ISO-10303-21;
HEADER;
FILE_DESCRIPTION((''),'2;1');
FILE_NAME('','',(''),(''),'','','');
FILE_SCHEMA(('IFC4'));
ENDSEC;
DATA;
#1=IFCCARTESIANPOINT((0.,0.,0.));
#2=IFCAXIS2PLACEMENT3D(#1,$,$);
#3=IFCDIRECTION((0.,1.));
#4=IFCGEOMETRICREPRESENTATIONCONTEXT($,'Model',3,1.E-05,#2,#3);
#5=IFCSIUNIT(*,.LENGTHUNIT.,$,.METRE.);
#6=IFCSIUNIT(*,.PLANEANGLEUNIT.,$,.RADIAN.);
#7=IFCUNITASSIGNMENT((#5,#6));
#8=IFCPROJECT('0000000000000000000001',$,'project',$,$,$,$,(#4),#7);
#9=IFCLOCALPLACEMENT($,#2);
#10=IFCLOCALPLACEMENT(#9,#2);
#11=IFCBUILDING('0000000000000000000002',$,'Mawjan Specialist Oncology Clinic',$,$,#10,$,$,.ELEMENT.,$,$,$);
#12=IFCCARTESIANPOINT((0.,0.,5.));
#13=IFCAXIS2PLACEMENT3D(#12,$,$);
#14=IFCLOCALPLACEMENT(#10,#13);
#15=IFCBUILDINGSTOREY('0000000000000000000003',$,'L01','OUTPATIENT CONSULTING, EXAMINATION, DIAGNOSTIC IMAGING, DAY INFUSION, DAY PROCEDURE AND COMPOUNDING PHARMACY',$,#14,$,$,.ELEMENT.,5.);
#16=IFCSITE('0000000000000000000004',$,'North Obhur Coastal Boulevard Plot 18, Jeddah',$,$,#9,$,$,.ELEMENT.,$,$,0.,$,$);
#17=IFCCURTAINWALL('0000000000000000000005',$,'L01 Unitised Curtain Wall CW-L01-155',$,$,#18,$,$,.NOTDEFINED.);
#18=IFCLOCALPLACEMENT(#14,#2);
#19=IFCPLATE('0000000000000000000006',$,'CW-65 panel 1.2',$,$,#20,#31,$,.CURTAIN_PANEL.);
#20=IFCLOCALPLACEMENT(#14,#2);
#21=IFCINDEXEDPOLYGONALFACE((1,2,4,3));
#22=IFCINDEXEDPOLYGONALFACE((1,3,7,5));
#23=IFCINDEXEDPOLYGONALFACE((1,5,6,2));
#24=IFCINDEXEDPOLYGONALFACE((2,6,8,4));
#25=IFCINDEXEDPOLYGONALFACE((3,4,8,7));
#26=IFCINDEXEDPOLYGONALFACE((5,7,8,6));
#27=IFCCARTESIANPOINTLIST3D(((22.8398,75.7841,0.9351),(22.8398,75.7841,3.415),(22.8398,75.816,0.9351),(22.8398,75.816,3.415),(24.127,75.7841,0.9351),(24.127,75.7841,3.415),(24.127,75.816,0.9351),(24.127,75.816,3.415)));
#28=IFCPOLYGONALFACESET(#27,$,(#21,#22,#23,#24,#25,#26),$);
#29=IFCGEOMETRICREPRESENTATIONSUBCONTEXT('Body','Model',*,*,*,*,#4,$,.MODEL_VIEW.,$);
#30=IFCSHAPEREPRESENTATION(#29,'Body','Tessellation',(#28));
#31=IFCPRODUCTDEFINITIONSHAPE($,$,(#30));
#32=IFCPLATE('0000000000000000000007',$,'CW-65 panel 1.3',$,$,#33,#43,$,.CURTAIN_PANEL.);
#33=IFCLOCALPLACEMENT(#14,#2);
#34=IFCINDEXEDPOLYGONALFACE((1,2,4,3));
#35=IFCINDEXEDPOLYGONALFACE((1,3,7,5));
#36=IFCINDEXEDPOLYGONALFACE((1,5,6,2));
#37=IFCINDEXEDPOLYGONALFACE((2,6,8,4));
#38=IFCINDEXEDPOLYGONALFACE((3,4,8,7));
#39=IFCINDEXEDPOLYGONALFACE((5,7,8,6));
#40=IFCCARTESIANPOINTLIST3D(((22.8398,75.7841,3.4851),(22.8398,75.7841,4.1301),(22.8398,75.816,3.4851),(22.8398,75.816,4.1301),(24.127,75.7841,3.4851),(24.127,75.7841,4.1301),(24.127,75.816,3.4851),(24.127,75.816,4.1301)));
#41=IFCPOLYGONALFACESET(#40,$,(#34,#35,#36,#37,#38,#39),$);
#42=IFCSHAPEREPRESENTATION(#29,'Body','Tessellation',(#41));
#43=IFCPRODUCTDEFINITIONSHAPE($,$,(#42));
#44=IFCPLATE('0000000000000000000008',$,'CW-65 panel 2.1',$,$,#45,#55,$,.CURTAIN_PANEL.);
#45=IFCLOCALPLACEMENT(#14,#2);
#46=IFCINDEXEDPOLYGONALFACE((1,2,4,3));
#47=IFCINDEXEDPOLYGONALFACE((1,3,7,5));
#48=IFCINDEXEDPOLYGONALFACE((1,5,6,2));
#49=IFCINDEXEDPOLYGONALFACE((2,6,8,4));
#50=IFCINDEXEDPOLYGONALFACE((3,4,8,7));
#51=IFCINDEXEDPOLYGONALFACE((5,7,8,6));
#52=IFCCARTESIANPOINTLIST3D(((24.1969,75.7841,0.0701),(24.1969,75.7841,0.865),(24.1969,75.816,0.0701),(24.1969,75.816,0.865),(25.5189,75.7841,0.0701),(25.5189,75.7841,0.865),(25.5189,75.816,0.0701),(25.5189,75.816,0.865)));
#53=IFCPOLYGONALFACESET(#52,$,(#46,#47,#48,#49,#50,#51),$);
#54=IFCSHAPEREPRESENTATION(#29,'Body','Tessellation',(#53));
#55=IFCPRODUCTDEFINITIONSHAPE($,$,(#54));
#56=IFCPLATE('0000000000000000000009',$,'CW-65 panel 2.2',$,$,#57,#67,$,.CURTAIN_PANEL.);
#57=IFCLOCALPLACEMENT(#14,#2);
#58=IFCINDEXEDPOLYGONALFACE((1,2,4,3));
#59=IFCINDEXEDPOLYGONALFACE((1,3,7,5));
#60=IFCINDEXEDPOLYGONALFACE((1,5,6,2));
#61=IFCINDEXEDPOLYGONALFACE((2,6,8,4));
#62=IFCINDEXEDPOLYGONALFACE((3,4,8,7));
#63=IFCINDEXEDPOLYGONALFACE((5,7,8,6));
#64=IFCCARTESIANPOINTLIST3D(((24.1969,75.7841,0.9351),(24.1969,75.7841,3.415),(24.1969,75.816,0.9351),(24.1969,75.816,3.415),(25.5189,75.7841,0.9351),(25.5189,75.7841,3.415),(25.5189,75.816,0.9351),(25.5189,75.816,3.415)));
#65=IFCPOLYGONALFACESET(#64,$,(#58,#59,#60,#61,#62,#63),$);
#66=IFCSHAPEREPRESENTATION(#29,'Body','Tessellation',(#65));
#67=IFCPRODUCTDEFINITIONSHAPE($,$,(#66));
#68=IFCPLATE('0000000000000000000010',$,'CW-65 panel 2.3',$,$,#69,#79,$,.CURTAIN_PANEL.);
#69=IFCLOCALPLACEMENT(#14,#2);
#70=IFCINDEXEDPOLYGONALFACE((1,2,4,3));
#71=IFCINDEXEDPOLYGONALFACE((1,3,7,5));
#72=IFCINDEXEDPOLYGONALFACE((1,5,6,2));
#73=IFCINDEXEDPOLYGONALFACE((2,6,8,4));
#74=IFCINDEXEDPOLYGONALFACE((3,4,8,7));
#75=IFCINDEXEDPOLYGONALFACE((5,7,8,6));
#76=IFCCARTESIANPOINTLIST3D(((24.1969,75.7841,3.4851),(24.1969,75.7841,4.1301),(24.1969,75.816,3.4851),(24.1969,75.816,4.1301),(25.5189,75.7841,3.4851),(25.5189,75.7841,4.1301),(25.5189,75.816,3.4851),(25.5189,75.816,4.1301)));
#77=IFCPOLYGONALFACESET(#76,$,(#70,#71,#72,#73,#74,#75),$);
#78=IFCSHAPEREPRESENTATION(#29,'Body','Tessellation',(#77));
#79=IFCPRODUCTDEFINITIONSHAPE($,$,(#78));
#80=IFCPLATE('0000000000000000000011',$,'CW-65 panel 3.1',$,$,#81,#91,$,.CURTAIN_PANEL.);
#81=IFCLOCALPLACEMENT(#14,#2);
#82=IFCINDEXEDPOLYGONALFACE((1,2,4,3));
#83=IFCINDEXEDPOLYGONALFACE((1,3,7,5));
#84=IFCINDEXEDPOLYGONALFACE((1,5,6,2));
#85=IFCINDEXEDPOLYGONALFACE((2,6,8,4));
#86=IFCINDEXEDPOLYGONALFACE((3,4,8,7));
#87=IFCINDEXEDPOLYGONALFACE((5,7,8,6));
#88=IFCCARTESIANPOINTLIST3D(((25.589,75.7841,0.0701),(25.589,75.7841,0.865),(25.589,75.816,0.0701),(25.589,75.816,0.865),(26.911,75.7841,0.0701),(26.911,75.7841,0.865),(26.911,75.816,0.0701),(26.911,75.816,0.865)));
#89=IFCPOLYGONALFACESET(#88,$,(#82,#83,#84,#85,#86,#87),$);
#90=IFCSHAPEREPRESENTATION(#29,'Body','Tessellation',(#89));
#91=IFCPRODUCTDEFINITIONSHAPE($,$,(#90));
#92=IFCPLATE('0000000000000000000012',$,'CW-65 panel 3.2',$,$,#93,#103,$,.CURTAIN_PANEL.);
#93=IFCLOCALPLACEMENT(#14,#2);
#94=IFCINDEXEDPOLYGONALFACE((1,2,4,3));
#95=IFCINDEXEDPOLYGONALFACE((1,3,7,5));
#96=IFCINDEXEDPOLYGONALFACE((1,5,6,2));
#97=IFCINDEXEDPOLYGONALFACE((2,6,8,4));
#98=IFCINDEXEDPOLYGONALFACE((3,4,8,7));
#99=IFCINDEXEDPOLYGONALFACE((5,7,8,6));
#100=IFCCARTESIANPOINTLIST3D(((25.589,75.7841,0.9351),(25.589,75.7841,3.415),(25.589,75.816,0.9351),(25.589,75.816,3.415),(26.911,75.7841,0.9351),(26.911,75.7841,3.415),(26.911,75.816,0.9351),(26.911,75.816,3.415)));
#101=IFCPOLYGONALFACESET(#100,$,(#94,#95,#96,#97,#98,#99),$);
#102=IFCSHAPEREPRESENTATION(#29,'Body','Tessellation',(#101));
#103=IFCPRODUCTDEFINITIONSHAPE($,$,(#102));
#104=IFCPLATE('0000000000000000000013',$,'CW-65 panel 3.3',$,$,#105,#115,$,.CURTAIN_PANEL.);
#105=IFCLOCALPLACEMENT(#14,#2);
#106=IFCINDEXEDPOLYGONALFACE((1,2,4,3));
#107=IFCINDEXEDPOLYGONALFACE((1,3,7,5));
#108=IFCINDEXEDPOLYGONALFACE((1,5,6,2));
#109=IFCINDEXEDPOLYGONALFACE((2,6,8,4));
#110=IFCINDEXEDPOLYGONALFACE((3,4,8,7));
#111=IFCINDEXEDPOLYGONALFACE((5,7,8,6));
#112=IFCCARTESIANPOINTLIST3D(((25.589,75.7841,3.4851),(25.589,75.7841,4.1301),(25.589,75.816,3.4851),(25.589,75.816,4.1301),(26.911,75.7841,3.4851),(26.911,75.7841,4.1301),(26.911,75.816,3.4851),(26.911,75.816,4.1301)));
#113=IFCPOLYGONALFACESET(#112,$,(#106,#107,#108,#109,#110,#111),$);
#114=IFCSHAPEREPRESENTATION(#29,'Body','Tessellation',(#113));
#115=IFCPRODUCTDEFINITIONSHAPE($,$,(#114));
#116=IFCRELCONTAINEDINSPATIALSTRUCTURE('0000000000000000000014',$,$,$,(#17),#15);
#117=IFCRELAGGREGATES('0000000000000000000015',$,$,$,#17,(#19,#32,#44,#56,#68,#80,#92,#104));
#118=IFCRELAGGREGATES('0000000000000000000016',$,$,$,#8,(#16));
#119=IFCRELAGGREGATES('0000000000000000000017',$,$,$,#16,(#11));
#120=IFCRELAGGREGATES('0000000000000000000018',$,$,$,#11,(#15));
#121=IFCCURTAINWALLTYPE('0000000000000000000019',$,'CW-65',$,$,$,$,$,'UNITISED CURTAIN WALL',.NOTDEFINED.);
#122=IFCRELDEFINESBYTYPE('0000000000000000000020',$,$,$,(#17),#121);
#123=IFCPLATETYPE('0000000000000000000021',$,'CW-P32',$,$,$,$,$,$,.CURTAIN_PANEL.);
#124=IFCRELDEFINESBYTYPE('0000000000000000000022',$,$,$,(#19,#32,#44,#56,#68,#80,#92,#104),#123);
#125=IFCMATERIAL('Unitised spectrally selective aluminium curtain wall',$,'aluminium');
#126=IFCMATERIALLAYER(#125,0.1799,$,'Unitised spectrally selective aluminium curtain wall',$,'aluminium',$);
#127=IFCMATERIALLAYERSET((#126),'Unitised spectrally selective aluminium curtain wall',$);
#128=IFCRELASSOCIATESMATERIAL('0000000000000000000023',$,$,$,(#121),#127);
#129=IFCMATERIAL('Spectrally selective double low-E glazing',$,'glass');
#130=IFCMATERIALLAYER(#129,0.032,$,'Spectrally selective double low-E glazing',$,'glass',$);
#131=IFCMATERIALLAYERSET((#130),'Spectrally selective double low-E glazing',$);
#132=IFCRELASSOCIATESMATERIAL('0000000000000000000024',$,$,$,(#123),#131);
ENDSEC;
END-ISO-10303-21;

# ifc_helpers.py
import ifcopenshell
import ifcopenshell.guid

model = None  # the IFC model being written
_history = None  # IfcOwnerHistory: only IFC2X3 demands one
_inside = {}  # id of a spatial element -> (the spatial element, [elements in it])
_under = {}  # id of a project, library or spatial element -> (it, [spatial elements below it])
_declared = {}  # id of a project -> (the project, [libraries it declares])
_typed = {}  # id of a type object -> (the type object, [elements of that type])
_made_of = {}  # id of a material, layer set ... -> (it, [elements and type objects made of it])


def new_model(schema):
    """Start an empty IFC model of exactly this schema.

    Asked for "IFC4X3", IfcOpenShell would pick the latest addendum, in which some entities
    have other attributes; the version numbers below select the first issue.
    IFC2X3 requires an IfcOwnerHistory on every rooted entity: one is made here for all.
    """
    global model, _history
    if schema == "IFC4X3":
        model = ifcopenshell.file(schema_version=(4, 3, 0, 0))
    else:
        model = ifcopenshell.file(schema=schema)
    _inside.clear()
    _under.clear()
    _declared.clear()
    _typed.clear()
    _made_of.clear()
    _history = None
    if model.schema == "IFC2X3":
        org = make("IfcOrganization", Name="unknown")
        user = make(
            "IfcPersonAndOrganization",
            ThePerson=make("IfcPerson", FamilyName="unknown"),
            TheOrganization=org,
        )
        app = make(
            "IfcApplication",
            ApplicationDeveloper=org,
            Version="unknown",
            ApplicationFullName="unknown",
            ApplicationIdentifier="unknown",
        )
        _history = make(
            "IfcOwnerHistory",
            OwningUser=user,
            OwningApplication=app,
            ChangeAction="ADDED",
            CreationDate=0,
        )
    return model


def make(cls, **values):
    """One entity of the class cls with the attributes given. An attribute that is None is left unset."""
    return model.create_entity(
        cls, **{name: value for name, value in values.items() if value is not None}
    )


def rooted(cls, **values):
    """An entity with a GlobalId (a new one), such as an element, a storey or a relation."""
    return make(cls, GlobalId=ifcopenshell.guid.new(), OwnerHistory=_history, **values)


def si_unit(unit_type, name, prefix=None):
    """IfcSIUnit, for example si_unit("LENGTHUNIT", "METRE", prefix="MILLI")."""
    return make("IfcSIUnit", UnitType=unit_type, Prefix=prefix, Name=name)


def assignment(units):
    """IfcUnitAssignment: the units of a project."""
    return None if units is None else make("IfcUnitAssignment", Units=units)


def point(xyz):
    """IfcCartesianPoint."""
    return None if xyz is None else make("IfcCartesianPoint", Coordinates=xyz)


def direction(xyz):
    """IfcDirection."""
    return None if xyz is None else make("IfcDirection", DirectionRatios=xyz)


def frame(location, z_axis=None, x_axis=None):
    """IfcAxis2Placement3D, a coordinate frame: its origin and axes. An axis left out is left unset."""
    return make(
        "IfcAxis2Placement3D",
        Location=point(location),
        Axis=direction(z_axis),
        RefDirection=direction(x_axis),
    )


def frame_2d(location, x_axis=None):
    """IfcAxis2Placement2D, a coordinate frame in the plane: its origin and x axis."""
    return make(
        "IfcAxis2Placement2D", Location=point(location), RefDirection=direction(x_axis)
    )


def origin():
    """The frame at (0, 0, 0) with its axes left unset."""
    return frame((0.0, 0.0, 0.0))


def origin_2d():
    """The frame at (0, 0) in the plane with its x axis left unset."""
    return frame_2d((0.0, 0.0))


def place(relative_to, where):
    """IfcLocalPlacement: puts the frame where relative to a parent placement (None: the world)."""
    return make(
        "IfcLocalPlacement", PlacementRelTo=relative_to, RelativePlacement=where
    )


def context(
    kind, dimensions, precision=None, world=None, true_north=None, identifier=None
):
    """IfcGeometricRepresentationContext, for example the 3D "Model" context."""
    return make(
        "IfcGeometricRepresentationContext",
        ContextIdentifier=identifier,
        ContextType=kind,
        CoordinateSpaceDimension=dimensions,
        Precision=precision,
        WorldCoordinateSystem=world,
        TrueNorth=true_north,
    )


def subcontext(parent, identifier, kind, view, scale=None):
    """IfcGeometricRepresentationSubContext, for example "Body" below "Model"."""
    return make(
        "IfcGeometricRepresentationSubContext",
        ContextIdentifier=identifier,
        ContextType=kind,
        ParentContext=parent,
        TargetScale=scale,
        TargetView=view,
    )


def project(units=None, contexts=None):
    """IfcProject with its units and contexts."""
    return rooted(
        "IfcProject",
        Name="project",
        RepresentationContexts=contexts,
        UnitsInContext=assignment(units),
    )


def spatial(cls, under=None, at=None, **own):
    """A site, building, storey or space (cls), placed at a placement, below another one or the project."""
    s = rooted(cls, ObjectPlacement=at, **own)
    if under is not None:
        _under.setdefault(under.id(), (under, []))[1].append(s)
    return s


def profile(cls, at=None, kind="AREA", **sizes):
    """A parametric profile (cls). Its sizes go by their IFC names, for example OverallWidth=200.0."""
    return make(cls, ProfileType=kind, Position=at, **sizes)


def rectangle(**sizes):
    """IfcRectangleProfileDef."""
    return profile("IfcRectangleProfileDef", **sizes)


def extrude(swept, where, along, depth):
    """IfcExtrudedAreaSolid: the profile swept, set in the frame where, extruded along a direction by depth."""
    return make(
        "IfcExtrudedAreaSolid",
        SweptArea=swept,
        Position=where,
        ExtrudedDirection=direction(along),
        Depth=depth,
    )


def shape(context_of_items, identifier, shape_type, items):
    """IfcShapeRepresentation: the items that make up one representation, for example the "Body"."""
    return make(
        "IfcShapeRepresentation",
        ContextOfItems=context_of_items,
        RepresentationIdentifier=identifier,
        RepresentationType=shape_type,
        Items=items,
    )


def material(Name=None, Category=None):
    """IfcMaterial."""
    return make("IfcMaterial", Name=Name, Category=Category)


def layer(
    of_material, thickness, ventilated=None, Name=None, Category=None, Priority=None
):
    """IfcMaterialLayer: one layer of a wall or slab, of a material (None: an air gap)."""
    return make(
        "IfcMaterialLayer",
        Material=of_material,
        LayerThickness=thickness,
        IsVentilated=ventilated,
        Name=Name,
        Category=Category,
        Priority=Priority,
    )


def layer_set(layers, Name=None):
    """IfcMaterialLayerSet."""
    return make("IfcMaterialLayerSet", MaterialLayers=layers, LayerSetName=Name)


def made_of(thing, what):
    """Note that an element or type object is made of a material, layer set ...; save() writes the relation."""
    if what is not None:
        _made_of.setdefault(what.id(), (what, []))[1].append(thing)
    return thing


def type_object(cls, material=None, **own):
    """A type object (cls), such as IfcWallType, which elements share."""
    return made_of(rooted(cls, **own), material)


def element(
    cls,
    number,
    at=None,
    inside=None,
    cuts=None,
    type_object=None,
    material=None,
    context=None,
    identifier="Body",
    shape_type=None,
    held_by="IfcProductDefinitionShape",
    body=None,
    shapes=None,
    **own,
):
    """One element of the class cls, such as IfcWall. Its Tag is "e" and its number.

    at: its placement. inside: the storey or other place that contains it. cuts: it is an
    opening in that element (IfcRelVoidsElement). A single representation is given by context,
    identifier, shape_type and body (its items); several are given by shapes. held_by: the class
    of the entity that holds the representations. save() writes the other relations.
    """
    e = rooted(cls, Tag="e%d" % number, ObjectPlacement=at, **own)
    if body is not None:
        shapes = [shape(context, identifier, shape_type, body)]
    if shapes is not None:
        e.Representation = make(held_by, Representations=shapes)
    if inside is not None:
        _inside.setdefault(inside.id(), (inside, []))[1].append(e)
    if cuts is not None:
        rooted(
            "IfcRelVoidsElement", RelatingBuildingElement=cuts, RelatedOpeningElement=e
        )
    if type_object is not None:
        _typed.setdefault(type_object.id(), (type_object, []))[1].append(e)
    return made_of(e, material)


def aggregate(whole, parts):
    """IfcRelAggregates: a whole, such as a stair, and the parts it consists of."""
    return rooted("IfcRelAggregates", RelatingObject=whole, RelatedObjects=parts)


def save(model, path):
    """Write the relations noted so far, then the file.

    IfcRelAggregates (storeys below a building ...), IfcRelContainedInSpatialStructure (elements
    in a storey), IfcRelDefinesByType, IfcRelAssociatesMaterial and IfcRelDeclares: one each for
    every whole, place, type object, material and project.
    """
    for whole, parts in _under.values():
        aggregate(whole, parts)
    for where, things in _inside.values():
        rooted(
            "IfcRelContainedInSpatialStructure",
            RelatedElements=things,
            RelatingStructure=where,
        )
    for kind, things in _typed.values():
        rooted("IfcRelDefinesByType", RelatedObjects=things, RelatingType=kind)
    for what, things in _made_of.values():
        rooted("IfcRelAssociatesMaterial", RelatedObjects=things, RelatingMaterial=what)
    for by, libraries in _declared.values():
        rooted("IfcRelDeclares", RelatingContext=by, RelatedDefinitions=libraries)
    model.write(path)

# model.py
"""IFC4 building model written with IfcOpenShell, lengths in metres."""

from ifc_helpers import new_model, si_unit, direction, frame, origin, origin_2d, place, context, subcontext, project, spatial, rectangle, extrude, material, layer, layer_set, type_object, element, aggregate, save


model = new_model("IFC4")

# Units and contexts
model_context = context("Model", 3, precision=1e-05, world=origin(), true_north=direction((0.0, 1.0)))
body_context = subcontext(model_context, "Body", "Model", "MODEL_VIEW")
ifc_project = project(units=[si_unit("LENGTHUNIT", "METRE"), si_unit("PLANEANGLEUNIT", "RADIAN")], contexts=[model_context])

# Site, building, storey
site_placement = place(None, origin())
site = spatial("IfcSite", under=ifc_project, at=site_placement, Name="North Obhur Coastal Boulevard Plot 18, Jeddah", CompositionType="ELEMENT", RefElevation=0.0)
building_placement = place(site_placement, origin())
building = spatial("IfcBuilding", under=site, at=building_placement, Name="Mawjan Specialist Oncology Clinic", CompositionType="ELEMENT")
storey_placement = place(building_placement, frame((0.0, 0.0, 5.0)))
storey = spatial("IfcBuildingStorey", under=building, at=storey_placement, Name="L01", Description="OUTPATIENT CONSULTING, EXAMINATION, DIAGNOSTIC IMAGING, DAY INFUSION, DAY PROCEDURE AND COMPOUNDING PHARMACY", CompositionType="ELEMENT", Elevation=5.0)

# Curtain wall
ifc_material_1 = material(Name="Unitised spectrally selective aluminium curtain wall", Category="aluminium")
ifc_layer_1 = layer(ifc_material_1, 0.1799, Name="Unitised spectrally selective aluminium curtain wall", Category="aluminium")
ifc_layer_set_1 = layer_set([ifc_layer_1], Name="Unitised spectrally selective aluminium curtain wall")
curtain_wall_type_1 = type_object("IfcCurtainWallType", Name="CW-65", ElementType="UNITISED CURTAIN WALL", PredefinedType="NOTDEFINED", material=ifc_layer_set_1)
curtain_wall_1_placement = place(storey_placement, origin())
curtain_wall_1 = element("IfcCurtainWall", 1, at=curtain_wall_1_placement, inside=storey, type_object=curtain_wall_type_1, Name="L01 Unitised Curtain Wall CW-L01-155", PredefinedType="NOTDEFINED")

# Plates
ifc_material_2 = material(Name="Spectrally selective double low-E glazing", Category="glass")
ifc_layer_2 = layer(ifc_material_2, 0.032, Name="Spectrally selective double low-E glazing", Category="glass")
ifc_layer_set_2 = layer_set([ifc_layer_2], Name="Spectrally selective double low-E glazing")
plate_type = type_object("IfcPlateType", Name="CW-P32", PredefinedType="CURTAIN_PANEL", material=ifc_layer_set_2)
plate_1_placement = place(storey_placement, frame((23.4834, 75.8, 0.9351), z_axis=(0.0, 0.0, 1.0), x_axis=(1.0, 0.0, 0.0)))
plate_1 = element("IfcPlate", 2, at=plate_1_placement, type_object=plate_type, Name="CW-65 panel 1.2", PredefinedType="CURTAIN_PANEL", context=body_context, shape_type="SweptSolid", body=[
    extrude(rectangle(XDim=1.2871, YDim=0.032, at=origin_2d()), origin(), (0.0, 0.0, 1.0), 2.48),
])
plate_2_placement = place(storey_placement, frame((23.4834, 75.8, 3.4851), z_axis=(0.0, 0.0, 1.0), x_axis=(1.0, 0.0, 0.0)))
plate_2 = element("IfcPlate", 3, at=plate_2_placement, type_object=plate_type, Name="CW-65 panel 1.3", PredefinedType="CURTAIN_PANEL", context=body_context, shape_type="SweptSolid", body=[
    extrude(rectangle(XDim=1.2871, YDim=0.032, at=origin_2d()), origin(), (0.0, 0.0, 1.0), 0.645),
])
plate_3_placement = place(storey_placement, frame((24.8579, 75.8, 0.0701), z_axis=(0.0, 0.0, 1.0), x_axis=(1.0, 0.0, 0.0)))
plate_3 = element("IfcPlate", 4, at=plate_3_placement, type_object=plate_type, Name="CW-65 panel 2.1", PredefinedType="CURTAIN_PANEL", context=body_context, shape_type="SweptSolid", body=[
    extrude(rectangle(XDim=1.322, YDim=0.032, at=origin_2d()), origin(), (0.0, 0.0, 1.0), 0.7949),
])
plate_4_placement = place(storey_placement, frame((24.8579, 75.8, 0.9351), z_axis=(0.0, 0.0, 1.0), x_axis=(1.0, 0.0, 0.0)))
plate_4 = element("IfcPlate", 5, at=plate_4_placement, type_object=plate_type, Name="CW-65 panel 2.2", PredefinedType="CURTAIN_PANEL", context=body_context, shape_type="SweptSolid", body=[
    extrude(rectangle(XDim=1.322, YDim=0.032, at=origin_2d()), origin(), (0.0, 0.0, 1.0), 2.48),
])
plate_5_placement = place(storey_placement, frame((24.8579, 75.8, 3.4851), z_axis=(0.0, 0.0, 1.0), x_axis=(1.0, 0.0, 0.0)))
plate_5 = element("IfcPlate", 6, at=plate_5_placement, type_object=plate_type, Name="CW-65 panel 2.3", PredefinedType="CURTAIN_PANEL", context=body_context, shape_type="SweptSolid", body=[
    extrude(rectangle(XDim=1.322, YDim=0.032, at=origin_2d()), origin(), (0.0, 0.0, 1.0), 0.645),
])
plate_6_placement = place(storey_placement, frame((26.25, 75.8, 0.0701), z_axis=(0.0, 0.0, 1.0), x_axis=(1.0, 0.0, 0.0)))
plate_6 = element("IfcPlate", 7, at=plate_6_placement, type_object=plate_type, Name="CW-65 panel 3.1", PredefinedType="CURTAIN_PANEL", context=body_context, shape_type="SweptSolid", body=[
    extrude(rectangle(XDim=1.322, YDim=0.032, at=origin_2d()), origin(), (0.0, 0.0, 1.0), 0.7949),
])
plate_7_placement = place(storey_placement, frame((26.25, 75.8, 0.9351), z_axis=(0.0, 0.0, 1.0), x_axis=(1.0, 0.0, 0.0)))
plate_7 = element("IfcPlate", 8, at=plate_7_placement, type_object=plate_type, Name="CW-65 panel 3.2", PredefinedType="CURTAIN_PANEL", context=body_context, shape_type="SweptSolid", body=[
    extrude(rectangle(XDim=1.322, YDim=0.032, at=origin_2d()), origin(), (0.0, 0.0, 1.0), 2.48),
])
plate_8_placement = place(storey_placement, frame((26.25, 75.8, 3.4851), z_axis=(0.0, 0.0, 1.0), x_axis=(1.0, 0.0, 0.0)))
plate_8 = element("IfcPlate", 9, at=plate_8_placement, type_object=plate_type, Name="CW-65 panel 3.3", PredefinedType="CURTAIN_PANEL", context=body_context, shape_type="SweptSolid", body=[
    extrude(rectangle(XDim=1.322, YDim=0.032, at=origin_2d()), origin(), (0.0, 0.0, 1.0), 0.645),
])
aggregate(curtain_wall_1, [plate_1, plate_2, plate_3, plate_4, plate_5, plate_6, plate_7, plate_8])

save(model, "model.ifc")
